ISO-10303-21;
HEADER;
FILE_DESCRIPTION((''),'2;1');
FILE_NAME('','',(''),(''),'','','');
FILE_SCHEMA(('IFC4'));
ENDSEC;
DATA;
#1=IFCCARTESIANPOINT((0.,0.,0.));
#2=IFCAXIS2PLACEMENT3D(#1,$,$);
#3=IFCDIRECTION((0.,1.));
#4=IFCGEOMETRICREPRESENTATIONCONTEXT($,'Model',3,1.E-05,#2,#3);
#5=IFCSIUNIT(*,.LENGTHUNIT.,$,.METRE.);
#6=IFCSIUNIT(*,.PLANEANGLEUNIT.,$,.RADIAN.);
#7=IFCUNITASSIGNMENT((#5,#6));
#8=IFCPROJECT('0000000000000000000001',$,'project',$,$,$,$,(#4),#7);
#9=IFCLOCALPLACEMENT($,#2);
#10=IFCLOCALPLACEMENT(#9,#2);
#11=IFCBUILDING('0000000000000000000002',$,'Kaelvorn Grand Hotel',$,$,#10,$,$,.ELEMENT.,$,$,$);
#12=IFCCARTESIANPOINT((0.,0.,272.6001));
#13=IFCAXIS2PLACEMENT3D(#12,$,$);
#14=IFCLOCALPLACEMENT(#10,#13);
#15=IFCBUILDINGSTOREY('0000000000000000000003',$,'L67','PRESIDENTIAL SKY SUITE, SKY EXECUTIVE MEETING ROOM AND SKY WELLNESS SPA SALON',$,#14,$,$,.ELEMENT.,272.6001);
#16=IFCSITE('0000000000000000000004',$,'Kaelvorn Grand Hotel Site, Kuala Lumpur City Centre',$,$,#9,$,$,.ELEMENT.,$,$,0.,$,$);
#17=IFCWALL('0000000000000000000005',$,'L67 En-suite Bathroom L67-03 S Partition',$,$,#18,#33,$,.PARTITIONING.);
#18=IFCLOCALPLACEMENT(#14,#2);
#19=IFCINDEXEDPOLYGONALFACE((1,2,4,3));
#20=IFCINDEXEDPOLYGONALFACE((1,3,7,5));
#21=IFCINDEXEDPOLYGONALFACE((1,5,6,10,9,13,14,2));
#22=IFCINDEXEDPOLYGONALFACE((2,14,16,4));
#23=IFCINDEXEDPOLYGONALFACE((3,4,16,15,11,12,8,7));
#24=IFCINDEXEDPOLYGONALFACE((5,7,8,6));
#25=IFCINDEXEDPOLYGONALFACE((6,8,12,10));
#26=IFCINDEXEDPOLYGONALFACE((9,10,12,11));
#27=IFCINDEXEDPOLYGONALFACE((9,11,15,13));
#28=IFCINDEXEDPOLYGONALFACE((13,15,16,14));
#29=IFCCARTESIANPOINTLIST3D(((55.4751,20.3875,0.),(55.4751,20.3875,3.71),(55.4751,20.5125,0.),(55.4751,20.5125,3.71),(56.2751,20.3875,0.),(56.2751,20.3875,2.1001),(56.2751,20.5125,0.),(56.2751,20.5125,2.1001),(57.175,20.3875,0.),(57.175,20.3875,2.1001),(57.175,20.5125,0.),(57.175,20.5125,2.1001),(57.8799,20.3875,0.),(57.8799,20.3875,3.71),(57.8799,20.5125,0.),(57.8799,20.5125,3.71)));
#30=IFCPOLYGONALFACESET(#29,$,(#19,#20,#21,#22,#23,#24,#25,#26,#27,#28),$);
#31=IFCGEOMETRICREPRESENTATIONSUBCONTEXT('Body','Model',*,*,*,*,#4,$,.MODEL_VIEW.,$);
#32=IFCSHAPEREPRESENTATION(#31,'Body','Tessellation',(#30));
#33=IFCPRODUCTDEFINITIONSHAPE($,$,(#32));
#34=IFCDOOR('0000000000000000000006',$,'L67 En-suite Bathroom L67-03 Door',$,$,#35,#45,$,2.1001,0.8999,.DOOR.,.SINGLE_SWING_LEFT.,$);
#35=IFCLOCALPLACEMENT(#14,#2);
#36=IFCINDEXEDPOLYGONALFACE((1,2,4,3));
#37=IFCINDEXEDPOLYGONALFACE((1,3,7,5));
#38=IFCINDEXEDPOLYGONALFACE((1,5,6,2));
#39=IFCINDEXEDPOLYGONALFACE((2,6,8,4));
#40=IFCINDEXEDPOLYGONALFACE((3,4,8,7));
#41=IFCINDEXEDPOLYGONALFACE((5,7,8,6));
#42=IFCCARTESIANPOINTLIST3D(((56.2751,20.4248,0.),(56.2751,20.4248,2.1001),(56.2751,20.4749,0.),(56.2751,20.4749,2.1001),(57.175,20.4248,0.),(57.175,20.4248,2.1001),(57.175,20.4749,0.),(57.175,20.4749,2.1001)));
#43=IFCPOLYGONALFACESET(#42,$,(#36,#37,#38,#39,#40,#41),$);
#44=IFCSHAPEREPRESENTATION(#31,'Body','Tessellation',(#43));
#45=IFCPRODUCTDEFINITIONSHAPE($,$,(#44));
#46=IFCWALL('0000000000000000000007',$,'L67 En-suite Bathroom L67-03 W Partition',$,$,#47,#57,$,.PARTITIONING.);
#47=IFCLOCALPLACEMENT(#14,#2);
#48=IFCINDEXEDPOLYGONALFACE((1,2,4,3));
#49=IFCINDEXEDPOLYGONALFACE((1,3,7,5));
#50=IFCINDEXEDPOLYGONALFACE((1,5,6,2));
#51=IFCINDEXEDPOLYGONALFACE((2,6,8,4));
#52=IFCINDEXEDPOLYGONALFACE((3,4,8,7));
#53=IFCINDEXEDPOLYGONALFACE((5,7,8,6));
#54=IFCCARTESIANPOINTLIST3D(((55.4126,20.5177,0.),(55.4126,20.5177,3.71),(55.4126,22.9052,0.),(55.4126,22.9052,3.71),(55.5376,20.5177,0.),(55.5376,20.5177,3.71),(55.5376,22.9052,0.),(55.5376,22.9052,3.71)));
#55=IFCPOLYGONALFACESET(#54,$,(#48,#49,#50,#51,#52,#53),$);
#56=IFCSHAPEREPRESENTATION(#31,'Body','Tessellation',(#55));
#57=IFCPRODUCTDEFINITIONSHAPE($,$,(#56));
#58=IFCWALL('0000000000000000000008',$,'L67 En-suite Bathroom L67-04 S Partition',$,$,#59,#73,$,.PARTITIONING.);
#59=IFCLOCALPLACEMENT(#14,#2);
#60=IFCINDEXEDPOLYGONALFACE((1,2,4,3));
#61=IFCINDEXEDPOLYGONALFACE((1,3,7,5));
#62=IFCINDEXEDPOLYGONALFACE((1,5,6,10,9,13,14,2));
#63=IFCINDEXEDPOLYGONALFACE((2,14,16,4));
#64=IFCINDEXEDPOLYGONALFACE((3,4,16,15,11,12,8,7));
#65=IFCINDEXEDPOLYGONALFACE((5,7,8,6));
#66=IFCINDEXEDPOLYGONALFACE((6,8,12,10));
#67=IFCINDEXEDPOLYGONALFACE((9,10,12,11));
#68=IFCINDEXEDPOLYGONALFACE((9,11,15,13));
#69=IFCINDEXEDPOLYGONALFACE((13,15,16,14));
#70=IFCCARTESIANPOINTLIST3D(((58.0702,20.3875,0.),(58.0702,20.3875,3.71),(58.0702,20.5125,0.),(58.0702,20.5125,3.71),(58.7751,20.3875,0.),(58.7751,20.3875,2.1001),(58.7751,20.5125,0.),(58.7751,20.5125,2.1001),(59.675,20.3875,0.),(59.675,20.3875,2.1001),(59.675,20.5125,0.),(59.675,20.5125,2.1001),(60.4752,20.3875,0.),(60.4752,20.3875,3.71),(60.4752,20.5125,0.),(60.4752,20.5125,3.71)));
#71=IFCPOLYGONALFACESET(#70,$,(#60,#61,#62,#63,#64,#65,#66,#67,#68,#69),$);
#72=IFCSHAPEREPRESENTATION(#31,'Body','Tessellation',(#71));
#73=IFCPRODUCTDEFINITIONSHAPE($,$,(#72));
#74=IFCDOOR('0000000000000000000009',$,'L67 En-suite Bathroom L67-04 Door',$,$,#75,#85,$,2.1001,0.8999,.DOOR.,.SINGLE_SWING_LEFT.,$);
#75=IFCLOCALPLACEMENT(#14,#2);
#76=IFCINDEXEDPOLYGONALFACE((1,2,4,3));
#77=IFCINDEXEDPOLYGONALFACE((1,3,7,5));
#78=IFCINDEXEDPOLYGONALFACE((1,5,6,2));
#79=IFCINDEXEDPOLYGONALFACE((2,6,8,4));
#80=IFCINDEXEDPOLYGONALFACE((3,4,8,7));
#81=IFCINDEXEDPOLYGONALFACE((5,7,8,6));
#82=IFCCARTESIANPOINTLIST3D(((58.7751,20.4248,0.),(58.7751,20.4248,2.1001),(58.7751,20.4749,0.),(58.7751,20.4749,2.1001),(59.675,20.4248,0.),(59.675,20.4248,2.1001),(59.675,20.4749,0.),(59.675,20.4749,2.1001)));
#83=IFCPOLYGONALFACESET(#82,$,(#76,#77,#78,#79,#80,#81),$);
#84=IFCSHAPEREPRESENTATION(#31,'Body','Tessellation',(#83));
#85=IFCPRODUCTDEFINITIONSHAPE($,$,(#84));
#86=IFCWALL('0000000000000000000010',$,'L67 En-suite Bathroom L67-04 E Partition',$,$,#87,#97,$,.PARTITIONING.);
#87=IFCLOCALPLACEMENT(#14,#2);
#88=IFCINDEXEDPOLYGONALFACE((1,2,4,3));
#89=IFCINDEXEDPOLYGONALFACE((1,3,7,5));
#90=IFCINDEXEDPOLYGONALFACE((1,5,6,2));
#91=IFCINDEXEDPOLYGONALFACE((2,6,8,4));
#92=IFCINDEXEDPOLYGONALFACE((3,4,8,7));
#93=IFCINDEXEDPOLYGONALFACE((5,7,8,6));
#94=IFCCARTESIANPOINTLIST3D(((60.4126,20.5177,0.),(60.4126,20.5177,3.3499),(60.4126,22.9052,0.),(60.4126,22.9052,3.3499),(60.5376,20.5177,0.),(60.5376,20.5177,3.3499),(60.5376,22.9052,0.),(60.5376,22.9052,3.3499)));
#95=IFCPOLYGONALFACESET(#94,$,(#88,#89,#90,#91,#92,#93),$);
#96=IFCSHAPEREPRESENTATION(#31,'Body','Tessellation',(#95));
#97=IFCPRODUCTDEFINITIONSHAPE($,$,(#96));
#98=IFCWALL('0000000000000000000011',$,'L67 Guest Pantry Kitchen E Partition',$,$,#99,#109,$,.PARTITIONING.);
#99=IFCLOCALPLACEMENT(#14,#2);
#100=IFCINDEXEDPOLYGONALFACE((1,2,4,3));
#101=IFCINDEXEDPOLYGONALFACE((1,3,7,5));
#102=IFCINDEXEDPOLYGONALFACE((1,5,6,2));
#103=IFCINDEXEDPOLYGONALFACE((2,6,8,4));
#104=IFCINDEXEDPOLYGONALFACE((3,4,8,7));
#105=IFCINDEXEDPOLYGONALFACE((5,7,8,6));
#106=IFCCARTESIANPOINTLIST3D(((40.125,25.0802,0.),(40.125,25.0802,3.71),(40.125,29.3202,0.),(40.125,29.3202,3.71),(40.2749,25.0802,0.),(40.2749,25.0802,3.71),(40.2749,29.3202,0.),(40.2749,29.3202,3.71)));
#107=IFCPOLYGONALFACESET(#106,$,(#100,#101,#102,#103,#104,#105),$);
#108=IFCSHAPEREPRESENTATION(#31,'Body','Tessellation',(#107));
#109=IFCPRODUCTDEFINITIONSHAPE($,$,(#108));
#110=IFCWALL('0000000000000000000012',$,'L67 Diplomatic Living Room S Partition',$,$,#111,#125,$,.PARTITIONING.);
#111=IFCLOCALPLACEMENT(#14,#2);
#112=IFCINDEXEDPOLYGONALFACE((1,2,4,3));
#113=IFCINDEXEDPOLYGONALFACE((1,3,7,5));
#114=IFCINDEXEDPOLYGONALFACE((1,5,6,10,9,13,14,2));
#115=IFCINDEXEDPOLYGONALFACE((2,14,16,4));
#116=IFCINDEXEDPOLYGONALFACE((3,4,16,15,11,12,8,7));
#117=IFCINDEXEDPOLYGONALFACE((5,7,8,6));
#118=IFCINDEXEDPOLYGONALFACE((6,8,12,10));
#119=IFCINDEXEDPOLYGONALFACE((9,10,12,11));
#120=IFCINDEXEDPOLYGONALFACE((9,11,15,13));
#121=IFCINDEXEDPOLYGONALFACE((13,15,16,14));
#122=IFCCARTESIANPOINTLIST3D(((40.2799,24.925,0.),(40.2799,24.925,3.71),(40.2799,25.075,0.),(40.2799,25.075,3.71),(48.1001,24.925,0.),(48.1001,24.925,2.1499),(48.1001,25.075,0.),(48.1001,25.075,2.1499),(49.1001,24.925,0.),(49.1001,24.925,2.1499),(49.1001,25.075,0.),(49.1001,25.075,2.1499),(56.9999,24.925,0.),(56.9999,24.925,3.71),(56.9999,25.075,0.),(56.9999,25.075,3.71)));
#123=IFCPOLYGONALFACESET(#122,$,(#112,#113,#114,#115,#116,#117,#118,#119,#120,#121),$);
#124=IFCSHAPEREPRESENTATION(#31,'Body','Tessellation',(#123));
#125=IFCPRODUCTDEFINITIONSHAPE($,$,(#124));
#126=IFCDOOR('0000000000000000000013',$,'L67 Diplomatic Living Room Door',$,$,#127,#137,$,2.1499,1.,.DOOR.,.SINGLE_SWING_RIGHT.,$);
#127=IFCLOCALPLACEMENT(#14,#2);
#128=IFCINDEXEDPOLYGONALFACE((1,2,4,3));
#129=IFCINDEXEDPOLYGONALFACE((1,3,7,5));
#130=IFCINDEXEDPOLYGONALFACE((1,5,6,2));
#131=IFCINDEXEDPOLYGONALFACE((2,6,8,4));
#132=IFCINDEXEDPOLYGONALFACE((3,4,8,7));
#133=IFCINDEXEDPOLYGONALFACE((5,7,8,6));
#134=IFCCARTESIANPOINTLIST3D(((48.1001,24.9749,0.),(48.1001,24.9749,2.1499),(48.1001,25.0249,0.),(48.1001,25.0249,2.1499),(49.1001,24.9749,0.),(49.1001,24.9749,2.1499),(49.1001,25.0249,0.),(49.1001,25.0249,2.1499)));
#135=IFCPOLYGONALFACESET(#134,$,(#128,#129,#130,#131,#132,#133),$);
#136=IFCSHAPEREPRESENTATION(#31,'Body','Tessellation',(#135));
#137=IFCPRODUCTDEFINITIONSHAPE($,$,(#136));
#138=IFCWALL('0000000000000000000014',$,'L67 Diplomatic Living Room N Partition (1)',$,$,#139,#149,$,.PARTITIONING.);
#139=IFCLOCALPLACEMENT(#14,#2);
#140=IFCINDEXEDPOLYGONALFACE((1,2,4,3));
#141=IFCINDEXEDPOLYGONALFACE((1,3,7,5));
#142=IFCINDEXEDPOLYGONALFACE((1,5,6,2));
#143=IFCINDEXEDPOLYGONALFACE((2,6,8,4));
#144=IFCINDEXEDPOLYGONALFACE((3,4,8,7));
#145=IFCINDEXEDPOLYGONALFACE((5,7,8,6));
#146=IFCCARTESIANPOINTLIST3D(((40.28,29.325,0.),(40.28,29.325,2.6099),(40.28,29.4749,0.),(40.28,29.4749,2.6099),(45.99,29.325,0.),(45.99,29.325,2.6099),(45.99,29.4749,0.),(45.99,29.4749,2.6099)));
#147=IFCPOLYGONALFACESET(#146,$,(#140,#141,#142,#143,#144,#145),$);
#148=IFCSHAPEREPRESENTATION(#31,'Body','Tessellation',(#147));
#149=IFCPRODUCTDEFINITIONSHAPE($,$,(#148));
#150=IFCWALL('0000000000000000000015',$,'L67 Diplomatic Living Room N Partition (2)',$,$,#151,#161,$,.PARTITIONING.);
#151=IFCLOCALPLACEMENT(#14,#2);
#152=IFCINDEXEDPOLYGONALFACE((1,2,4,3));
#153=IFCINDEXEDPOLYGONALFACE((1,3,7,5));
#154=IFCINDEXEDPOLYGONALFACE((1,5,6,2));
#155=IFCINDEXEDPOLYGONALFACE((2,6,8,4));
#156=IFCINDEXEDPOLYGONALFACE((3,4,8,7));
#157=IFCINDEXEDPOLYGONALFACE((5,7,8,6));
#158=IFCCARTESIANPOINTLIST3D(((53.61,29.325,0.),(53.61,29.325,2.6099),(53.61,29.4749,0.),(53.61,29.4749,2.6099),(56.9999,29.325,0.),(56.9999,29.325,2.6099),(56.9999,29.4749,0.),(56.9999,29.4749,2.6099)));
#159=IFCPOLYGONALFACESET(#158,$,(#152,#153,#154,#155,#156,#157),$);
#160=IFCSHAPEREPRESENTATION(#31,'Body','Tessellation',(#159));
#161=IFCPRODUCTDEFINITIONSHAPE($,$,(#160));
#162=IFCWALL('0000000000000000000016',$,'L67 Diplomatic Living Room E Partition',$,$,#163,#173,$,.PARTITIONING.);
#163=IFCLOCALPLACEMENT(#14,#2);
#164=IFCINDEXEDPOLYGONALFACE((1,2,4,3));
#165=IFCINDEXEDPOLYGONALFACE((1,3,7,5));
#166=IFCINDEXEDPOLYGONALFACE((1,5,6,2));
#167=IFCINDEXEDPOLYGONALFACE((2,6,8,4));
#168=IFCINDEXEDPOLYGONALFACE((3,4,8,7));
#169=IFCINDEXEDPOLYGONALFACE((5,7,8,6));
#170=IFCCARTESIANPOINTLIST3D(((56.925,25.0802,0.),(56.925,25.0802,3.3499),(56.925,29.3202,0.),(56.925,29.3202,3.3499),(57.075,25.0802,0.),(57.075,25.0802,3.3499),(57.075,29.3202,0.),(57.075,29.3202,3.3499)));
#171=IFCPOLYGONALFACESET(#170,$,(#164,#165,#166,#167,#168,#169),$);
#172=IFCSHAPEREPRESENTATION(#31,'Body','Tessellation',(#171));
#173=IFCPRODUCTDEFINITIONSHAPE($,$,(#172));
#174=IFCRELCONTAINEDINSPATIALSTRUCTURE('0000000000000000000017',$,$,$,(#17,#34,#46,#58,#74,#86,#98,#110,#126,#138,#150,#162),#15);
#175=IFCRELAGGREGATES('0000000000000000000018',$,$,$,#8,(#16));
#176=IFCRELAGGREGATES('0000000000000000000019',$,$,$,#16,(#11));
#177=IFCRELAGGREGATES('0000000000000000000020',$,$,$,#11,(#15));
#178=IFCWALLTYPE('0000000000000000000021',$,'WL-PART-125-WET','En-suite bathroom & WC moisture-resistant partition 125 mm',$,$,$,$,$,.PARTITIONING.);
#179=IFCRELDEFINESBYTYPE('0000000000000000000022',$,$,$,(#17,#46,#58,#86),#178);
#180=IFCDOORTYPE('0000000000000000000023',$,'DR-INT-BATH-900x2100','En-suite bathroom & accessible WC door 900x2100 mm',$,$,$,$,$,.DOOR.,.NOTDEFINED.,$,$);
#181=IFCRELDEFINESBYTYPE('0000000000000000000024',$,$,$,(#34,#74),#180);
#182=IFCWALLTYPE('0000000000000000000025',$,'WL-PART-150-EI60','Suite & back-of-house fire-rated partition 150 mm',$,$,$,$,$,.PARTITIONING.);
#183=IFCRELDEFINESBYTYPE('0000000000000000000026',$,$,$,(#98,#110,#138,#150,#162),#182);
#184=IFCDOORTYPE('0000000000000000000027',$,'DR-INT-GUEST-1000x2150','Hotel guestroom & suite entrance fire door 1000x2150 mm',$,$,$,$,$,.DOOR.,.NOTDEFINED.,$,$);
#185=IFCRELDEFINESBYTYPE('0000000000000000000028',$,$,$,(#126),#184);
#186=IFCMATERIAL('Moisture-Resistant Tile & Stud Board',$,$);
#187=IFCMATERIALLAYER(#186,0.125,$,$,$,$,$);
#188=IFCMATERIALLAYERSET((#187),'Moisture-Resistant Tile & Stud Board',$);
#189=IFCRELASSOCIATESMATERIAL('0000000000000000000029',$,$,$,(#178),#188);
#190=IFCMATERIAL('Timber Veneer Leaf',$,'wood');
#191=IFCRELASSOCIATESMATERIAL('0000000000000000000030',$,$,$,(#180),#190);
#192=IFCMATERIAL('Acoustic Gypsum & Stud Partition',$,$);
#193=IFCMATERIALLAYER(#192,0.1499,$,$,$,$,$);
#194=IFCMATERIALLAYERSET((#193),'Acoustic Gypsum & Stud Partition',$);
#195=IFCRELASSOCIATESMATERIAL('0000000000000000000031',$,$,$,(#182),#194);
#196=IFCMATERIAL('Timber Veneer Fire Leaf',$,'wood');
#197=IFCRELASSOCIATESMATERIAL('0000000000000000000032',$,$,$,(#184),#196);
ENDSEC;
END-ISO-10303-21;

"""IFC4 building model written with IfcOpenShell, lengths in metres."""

from ifc_helpers import new_model, si_unit, direction, frame, frame_2d, origin, place, context, subcontext, project, spatial, rectangle, extrude, material, layer, layer_set, type_object, element, fill, save


model = new_model("IFC4")

# Units and contexts
model_context = context("Model", 3, precision=1e-05, world=origin(), true_north=direction((0.0, 1.0)))
body_context = subcontext(model_context, "Body", "Model", "MODEL_VIEW")
ifc_project = project(units=[si_unit("LENGTHUNIT", "METRE"), si_unit("PLANEANGLEUNIT", "RADIAN")], contexts=[model_context])

# Site, building, storey
site_placement = place(None, origin())
site = spatial("IfcSite", under=ifc_project, at=site_placement, Name="Kaelvorn Grand Hotel Site, Kuala Lumpur City Centre", CompositionType="ELEMENT", RefElevation=0.0)
building_placement = place(site_placement, origin())
building = spatial("IfcBuilding", under=site, at=building_placement, Name="Kaelvorn Grand Hotel", CompositionType="ELEMENT")
storey_placement = place(building_placement, frame((0.0, 0.0, 272.6001)))
storey = spatial("IfcBuildingStorey", under=building, at=storey_placement, Name="L67", Description="PRESIDENTIAL SKY SUITE, SKY EXECUTIVE MEETING ROOM AND SKY WELLNESS SPA SALON", CompositionType="ELEMENT", Elevation=272.6001)

# Wall, opening, door
ifc_material_1 = material(Name="Moisture-Resistant Tile & Stud Board")
ifc_layer_1 = layer(ifc_material_1, 0.125)
ifc_layer_set_1 = layer_set([ifc_layer_1], Name="Moisture-Resistant Tile & Stud Board")
wall_type_1 = type_object("IfcWallType", Name="WL-PART-125-WET", Description="En-suite bathroom & WC moisture-resistant partition 125 mm", PredefinedType="PARTITIONING", material=ifc_layer_set_1)
wall_1_placement = place(storey_placement, frame((55.4751, 20.45, 0.0), z_axis=(0.0, 0.0, 1.0), x_axis=(1.0, 0.0, 0.0)))
wall_1 = element("IfcWall", 1, at=wall_1_placement, inside=storey, type_object=wall_type_1, Name="L67 En-suite Bathroom L67-03 S Partition", PredefinedType="PARTITIONING", context=body_context, shape_type="SweptSolid", body=[
    extrude(rectangle(XDim=2.4048, YDim=0.125, at=frame_2d((1.2024, 0.0))), origin(), (0.0, 0.0, 1.0), 3.71),
])
opening_1_placement = place(wall_1_placement, frame((0.8, 0.0, 0.0)))
opening_1 = element("IfcOpeningElement", 2, at=opening_1_placement, cuts=wall_1, PredefinedType="OPENING", context=body_context, shape_type="SweptSolid", body=[
    extrude(rectangle(XDim=0.8999, YDim=2.1001, at=frame_2d((0.45, 1.05))), frame((0.0, 0.0725, 0.0), z_axis=(0.0, -1.0, 0.0), x_axis=(1.0, 0.0, 0.0)), (0.0, 0.0, 1.0), 0.145),
])
ifc_material_2 = material(Name="Timber Veneer Leaf", Category="wood")
door_type_1 = type_object("IfcDoorType", Name="DR-INT-BATH-900x2100", Description="En-suite bathroom & accessible WC door 900x2100 mm", OperationType="NOTDEFINED", PredefinedType="DOOR", material=ifc_material_2)
door_1_placement = place(opening_1_placement, origin())
door_1 = element("IfcDoor", 3, at=door_1_placement, inside=storey, type_object=door_type_1, Name="L67 En-suite Bathroom L67-03 Door", OperationType="SINGLE_SWING_LEFT", OverallHeight=2.1001, OverallWidth=0.8999, PredefinedType="DOOR", context=body_context, shape_type="SweptSolid", body=[
    extrude(rectangle(XDim=0.8999, YDim=2.1001, at=frame_2d((0.45, 1.05))), frame((0.0, 0.0249, 0.0), z_axis=(0.0, -1.0, 0.0), x_axis=(1.0, 0.0, 0.0)), (0.0, 0.0, 1.0), 0.05),
])
fill(opening_1, door_1)

# Wall
wall_2_placement = place(storey_placement, frame((55.4751, 20.5176, 0.0), z_axis=(0.0, 0.0, 1.0), x_axis=(0.0, 1.0, 0.0)))
element("IfcWall", 4, at=wall_2_placement, inside=storey, type_object=wall_type_1, Name="L67 En-suite Bathroom L67-03 W Partition", PredefinedType="PARTITIONING", context=body_context, shape_type="SweptSolid", body=[
    extrude(rectangle(XDim=2.3875, YDim=0.125, at=frame_2d((1.1938, 0.0))), origin(), (0.0, 0.0, 1.0), 3.71),
])

# Wall, opening, door
wall_3_placement = place(storey_placement, frame((58.0701, 20.45, 0.0), z_axis=(0.0, 0.0, 1.0), x_axis=(1.0, 0.0, 0.0)))
wall_3 = element("IfcWall", 5, at=wall_3_placement, inside=storey, type_object=wall_type_1, Name="L67 En-suite Bathroom L67-04 S Partition", PredefinedType="PARTITIONING", context=body_context, shape_type="SweptSolid", body=[
    extrude(rectangle(XDim=2.405, YDim=0.125, at=frame_2d((1.2026, 0.0))), origin(), (0.0, 0.0, 1.0), 3.71),
])
opening_2_placement = place(wall_3_placement, frame((0.7051, 0.0, 0.0)))
opening_2 = element("IfcOpeningElement", 6, at=opening_2_placement, cuts=wall_3, PredefinedType="OPENING", context=body_context, shape_type="SweptSolid", body=[
    extrude(rectangle(XDim=0.8999, YDim=2.1001, at=frame_2d((0.45, 1.05))), frame((0.0, 0.0725, 0.0), z_axis=(0.0, -1.0, 0.0), x_axis=(1.0, 0.0, 0.0)), (0.0, 0.0, 1.0), 0.145),
])
door_2_placement = place(opening_2_placement, origin())
door_2 = element("IfcDoor", 7, at=door_2_placement, inside=storey, type_object=door_type_1, Name="L67 En-suite Bathroom L67-04 Door", OperationType="SINGLE_SWING_LEFT", OverallHeight=2.1001, OverallWidth=0.8999, PredefinedType="DOOR", context=body_context, shape_type="SweptSolid", body=[
    extrude(rectangle(XDim=0.8999, YDim=2.1001, at=frame_2d((0.45, 1.05))), frame((0.0, 0.0249, 0.0), z_axis=(0.0, -1.0, 0.0), x_axis=(1.0, 0.0, 0.0)), (0.0, 0.0, 1.0), 0.05),
])
fill(opening_2, door_2)

# Walls
wall_4_placement = place(storey_placement, frame((60.4751, 20.5176, 0.0), z_axis=(0.0, 0.0, 1.0), x_axis=(0.0, 1.0, 0.0)))
element("IfcWall", 8, at=wall_4_placement, inside=storey, type_object=wall_type_1, Name="L67 En-suite Bathroom L67-04 E Partition", PredefinedType="PARTITIONING", context=body_context, shape_type="SweptSolid", body=[
    extrude(rectangle(XDim=2.3875, YDim=0.125, at=frame_2d((1.1938, 0.0))), origin(), (0.0, 0.0, 1.0), 3.3499),
])
ifc_material_3 = material(Name="Acoustic Gypsum & Stud Partition")
ifc_layer_2 = layer(ifc_material_3, 0.1499)
ifc_layer_set_2 = layer_set([ifc_layer_2], Name="Acoustic Gypsum & Stud Partition")
wall_type_2 = type_object("IfcWallType", Name="WL-PART-150-EI60", Description="Suite & back-of-house fire-rated partition 150 mm", PredefinedType="PARTITIONING", material=ifc_layer_set_2)
wall_5_placement = place(storey_placement, frame((40.2, 25.0801, 0.0), z_axis=(0.0, 0.0, 1.0), x_axis=(0.0, 1.0, 0.0)))
element("IfcWall", 9, at=wall_5_placement, inside=storey, type_object=wall_type_2, Name="L67 Guest Pantry Kitchen E Partition", PredefinedType="PARTITIONING", context=body_context, shape_type="SweptSolid", body=[
    extrude(rectangle(XDim=4.24, YDim=0.1499, at=frame_2d((2.1201, 0.0))), origin(), (0.0, 0.0, 1.0), 3.71),
])

# Wall, opening, door
wall_6_placement = place(storey_placement, frame((40.28, 25.0, 0.0), z_axis=(0.0, 0.0, 1.0), x_axis=(1.0, 0.0, 0.0)))
wall_6 = element("IfcWall", 10, at=wall_6_placement, inside=storey, type_object=wall_type_2, Name="L67 Diplomatic Living Room S Partition", PredefinedType="PARTITIONING", context=body_context, shape_type="SweptSolid", body=[
    extrude(rectangle(XDim=16.72, YDim=0.1499, at=frame_2d((8.3599, 0.0))), origin(), (0.0, 0.0, 1.0), 3.71),
])
opening_3_placement = place(wall_6_placement, frame((7.8201, 0.0, 0.0)))
opening_3 = element("IfcOpeningElement", 11, at=opening_3_placement, cuts=wall_6, PredefinedType="OPENING", context=body_context, shape_type="SweptSolid", body=[
    extrude(rectangle(XDim=1.0, YDim=2.1499, at=frame_2d((0.5, 1.075))), frame((0.0, 0.085, 0.0), z_axis=(0.0, -1.0, 0.0), x_axis=(1.0, 0.0, 0.0)), (0.0, 0.0, 1.0), 0.1699),
])
ifc_material_4 = material(Name="Timber Veneer Fire Leaf", Category="wood")
door_type_2 = type_object("IfcDoorType", Name="DR-INT-GUEST-1000x2150", Description="Hotel guestroom & suite entrance fire door 1000x2150 mm", OperationType="NOTDEFINED", PredefinedType="DOOR", material=ifc_material_4)
door_3_placement = place(opening_3_placement, origin())
door_3 = element("IfcDoor", 12, at=door_3_placement, inside=storey, type_object=door_type_2, Name="L67 Diplomatic Living Room Door", OperationType="SINGLE_SWING_RIGHT", OverallHeight=2.1499, OverallWidth=1.0, PredefinedType="DOOR", context=body_context, shape_type="SweptSolid", body=[
    extrude(rectangle(XDim=1.0, YDim=2.1499, at=frame_2d((0.5, 1.075))), frame((0.0, 0.0249, 0.0), z_axis=(0.0, -1.0, 0.0), x_axis=(1.0, 0.0, 0.0)), (0.0, 0.0, 1.0), 0.05),
])
fill(opening_3, door_3)

# Walls
wall_7_placement = place(storey_placement, frame((40.28, 29.3999, 0.0), z_axis=(0.0, 0.0, 1.0), x_axis=(1.0, 0.0, 0.0)))
element("IfcWall", 13, at=wall_7_placement, inside=storey, type_object=wall_type_2, Name="L67 Diplomatic Living Room N Partition (1)", PredefinedType="PARTITIONING", context=body_context, shape_type="SweptSolid", body=[
    extrude(rectangle(XDim=5.71, YDim=0.1499, at=frame_2d((2.855, 0.0))), origin(), (0.0, 0.0, 1.0), 2.6099),
])
wall_8_placement = place(storey_placement, frame((53.6101, 29.3999, 0.0), z_axis=(0.0, 0.0, 1.0), x_axis=(1.0, 0.0, 0.0)))
element("IfcWall", 14, at=wall_8_placement, inside=storey, type_object=wall_type_2, Name="L67 Diplomatic Living Room N Partition (2)", PredefinedType="PARTITIONING", context=body_context, shape_type="SweptSolid", body=[
    extrude(rectangle(XDim=3.3899, YDim=0.1499, at=frame_2d((1.6948, 0.0))), origin(), (0.0, 0.0, 1.0), 2.6099),
])
wall_9_placement = place(storey_placement, frame((57.0, 25.0801, 0.0), z_axis=(0.0, 0.0, 1.0), x_axis=(0.0, 1.0, 0.0)))
element("IfcWall", 15, at=wall_9_placement, inside=storey, type_object=wall_type_2, Name="L67 Diplomatic Living Room E Partition", PredefinedType="PARTITIONING", context=body_context, shape_type="SweptSolid", body=[
    extrude(rectangle(XDim=4.24, YDim=0.1499, at=frame_2d((2.1201, 0.0))), origin(), (0.0, 0.0, 1.0), 3.3499),
])

save(model, "model.ifc")
